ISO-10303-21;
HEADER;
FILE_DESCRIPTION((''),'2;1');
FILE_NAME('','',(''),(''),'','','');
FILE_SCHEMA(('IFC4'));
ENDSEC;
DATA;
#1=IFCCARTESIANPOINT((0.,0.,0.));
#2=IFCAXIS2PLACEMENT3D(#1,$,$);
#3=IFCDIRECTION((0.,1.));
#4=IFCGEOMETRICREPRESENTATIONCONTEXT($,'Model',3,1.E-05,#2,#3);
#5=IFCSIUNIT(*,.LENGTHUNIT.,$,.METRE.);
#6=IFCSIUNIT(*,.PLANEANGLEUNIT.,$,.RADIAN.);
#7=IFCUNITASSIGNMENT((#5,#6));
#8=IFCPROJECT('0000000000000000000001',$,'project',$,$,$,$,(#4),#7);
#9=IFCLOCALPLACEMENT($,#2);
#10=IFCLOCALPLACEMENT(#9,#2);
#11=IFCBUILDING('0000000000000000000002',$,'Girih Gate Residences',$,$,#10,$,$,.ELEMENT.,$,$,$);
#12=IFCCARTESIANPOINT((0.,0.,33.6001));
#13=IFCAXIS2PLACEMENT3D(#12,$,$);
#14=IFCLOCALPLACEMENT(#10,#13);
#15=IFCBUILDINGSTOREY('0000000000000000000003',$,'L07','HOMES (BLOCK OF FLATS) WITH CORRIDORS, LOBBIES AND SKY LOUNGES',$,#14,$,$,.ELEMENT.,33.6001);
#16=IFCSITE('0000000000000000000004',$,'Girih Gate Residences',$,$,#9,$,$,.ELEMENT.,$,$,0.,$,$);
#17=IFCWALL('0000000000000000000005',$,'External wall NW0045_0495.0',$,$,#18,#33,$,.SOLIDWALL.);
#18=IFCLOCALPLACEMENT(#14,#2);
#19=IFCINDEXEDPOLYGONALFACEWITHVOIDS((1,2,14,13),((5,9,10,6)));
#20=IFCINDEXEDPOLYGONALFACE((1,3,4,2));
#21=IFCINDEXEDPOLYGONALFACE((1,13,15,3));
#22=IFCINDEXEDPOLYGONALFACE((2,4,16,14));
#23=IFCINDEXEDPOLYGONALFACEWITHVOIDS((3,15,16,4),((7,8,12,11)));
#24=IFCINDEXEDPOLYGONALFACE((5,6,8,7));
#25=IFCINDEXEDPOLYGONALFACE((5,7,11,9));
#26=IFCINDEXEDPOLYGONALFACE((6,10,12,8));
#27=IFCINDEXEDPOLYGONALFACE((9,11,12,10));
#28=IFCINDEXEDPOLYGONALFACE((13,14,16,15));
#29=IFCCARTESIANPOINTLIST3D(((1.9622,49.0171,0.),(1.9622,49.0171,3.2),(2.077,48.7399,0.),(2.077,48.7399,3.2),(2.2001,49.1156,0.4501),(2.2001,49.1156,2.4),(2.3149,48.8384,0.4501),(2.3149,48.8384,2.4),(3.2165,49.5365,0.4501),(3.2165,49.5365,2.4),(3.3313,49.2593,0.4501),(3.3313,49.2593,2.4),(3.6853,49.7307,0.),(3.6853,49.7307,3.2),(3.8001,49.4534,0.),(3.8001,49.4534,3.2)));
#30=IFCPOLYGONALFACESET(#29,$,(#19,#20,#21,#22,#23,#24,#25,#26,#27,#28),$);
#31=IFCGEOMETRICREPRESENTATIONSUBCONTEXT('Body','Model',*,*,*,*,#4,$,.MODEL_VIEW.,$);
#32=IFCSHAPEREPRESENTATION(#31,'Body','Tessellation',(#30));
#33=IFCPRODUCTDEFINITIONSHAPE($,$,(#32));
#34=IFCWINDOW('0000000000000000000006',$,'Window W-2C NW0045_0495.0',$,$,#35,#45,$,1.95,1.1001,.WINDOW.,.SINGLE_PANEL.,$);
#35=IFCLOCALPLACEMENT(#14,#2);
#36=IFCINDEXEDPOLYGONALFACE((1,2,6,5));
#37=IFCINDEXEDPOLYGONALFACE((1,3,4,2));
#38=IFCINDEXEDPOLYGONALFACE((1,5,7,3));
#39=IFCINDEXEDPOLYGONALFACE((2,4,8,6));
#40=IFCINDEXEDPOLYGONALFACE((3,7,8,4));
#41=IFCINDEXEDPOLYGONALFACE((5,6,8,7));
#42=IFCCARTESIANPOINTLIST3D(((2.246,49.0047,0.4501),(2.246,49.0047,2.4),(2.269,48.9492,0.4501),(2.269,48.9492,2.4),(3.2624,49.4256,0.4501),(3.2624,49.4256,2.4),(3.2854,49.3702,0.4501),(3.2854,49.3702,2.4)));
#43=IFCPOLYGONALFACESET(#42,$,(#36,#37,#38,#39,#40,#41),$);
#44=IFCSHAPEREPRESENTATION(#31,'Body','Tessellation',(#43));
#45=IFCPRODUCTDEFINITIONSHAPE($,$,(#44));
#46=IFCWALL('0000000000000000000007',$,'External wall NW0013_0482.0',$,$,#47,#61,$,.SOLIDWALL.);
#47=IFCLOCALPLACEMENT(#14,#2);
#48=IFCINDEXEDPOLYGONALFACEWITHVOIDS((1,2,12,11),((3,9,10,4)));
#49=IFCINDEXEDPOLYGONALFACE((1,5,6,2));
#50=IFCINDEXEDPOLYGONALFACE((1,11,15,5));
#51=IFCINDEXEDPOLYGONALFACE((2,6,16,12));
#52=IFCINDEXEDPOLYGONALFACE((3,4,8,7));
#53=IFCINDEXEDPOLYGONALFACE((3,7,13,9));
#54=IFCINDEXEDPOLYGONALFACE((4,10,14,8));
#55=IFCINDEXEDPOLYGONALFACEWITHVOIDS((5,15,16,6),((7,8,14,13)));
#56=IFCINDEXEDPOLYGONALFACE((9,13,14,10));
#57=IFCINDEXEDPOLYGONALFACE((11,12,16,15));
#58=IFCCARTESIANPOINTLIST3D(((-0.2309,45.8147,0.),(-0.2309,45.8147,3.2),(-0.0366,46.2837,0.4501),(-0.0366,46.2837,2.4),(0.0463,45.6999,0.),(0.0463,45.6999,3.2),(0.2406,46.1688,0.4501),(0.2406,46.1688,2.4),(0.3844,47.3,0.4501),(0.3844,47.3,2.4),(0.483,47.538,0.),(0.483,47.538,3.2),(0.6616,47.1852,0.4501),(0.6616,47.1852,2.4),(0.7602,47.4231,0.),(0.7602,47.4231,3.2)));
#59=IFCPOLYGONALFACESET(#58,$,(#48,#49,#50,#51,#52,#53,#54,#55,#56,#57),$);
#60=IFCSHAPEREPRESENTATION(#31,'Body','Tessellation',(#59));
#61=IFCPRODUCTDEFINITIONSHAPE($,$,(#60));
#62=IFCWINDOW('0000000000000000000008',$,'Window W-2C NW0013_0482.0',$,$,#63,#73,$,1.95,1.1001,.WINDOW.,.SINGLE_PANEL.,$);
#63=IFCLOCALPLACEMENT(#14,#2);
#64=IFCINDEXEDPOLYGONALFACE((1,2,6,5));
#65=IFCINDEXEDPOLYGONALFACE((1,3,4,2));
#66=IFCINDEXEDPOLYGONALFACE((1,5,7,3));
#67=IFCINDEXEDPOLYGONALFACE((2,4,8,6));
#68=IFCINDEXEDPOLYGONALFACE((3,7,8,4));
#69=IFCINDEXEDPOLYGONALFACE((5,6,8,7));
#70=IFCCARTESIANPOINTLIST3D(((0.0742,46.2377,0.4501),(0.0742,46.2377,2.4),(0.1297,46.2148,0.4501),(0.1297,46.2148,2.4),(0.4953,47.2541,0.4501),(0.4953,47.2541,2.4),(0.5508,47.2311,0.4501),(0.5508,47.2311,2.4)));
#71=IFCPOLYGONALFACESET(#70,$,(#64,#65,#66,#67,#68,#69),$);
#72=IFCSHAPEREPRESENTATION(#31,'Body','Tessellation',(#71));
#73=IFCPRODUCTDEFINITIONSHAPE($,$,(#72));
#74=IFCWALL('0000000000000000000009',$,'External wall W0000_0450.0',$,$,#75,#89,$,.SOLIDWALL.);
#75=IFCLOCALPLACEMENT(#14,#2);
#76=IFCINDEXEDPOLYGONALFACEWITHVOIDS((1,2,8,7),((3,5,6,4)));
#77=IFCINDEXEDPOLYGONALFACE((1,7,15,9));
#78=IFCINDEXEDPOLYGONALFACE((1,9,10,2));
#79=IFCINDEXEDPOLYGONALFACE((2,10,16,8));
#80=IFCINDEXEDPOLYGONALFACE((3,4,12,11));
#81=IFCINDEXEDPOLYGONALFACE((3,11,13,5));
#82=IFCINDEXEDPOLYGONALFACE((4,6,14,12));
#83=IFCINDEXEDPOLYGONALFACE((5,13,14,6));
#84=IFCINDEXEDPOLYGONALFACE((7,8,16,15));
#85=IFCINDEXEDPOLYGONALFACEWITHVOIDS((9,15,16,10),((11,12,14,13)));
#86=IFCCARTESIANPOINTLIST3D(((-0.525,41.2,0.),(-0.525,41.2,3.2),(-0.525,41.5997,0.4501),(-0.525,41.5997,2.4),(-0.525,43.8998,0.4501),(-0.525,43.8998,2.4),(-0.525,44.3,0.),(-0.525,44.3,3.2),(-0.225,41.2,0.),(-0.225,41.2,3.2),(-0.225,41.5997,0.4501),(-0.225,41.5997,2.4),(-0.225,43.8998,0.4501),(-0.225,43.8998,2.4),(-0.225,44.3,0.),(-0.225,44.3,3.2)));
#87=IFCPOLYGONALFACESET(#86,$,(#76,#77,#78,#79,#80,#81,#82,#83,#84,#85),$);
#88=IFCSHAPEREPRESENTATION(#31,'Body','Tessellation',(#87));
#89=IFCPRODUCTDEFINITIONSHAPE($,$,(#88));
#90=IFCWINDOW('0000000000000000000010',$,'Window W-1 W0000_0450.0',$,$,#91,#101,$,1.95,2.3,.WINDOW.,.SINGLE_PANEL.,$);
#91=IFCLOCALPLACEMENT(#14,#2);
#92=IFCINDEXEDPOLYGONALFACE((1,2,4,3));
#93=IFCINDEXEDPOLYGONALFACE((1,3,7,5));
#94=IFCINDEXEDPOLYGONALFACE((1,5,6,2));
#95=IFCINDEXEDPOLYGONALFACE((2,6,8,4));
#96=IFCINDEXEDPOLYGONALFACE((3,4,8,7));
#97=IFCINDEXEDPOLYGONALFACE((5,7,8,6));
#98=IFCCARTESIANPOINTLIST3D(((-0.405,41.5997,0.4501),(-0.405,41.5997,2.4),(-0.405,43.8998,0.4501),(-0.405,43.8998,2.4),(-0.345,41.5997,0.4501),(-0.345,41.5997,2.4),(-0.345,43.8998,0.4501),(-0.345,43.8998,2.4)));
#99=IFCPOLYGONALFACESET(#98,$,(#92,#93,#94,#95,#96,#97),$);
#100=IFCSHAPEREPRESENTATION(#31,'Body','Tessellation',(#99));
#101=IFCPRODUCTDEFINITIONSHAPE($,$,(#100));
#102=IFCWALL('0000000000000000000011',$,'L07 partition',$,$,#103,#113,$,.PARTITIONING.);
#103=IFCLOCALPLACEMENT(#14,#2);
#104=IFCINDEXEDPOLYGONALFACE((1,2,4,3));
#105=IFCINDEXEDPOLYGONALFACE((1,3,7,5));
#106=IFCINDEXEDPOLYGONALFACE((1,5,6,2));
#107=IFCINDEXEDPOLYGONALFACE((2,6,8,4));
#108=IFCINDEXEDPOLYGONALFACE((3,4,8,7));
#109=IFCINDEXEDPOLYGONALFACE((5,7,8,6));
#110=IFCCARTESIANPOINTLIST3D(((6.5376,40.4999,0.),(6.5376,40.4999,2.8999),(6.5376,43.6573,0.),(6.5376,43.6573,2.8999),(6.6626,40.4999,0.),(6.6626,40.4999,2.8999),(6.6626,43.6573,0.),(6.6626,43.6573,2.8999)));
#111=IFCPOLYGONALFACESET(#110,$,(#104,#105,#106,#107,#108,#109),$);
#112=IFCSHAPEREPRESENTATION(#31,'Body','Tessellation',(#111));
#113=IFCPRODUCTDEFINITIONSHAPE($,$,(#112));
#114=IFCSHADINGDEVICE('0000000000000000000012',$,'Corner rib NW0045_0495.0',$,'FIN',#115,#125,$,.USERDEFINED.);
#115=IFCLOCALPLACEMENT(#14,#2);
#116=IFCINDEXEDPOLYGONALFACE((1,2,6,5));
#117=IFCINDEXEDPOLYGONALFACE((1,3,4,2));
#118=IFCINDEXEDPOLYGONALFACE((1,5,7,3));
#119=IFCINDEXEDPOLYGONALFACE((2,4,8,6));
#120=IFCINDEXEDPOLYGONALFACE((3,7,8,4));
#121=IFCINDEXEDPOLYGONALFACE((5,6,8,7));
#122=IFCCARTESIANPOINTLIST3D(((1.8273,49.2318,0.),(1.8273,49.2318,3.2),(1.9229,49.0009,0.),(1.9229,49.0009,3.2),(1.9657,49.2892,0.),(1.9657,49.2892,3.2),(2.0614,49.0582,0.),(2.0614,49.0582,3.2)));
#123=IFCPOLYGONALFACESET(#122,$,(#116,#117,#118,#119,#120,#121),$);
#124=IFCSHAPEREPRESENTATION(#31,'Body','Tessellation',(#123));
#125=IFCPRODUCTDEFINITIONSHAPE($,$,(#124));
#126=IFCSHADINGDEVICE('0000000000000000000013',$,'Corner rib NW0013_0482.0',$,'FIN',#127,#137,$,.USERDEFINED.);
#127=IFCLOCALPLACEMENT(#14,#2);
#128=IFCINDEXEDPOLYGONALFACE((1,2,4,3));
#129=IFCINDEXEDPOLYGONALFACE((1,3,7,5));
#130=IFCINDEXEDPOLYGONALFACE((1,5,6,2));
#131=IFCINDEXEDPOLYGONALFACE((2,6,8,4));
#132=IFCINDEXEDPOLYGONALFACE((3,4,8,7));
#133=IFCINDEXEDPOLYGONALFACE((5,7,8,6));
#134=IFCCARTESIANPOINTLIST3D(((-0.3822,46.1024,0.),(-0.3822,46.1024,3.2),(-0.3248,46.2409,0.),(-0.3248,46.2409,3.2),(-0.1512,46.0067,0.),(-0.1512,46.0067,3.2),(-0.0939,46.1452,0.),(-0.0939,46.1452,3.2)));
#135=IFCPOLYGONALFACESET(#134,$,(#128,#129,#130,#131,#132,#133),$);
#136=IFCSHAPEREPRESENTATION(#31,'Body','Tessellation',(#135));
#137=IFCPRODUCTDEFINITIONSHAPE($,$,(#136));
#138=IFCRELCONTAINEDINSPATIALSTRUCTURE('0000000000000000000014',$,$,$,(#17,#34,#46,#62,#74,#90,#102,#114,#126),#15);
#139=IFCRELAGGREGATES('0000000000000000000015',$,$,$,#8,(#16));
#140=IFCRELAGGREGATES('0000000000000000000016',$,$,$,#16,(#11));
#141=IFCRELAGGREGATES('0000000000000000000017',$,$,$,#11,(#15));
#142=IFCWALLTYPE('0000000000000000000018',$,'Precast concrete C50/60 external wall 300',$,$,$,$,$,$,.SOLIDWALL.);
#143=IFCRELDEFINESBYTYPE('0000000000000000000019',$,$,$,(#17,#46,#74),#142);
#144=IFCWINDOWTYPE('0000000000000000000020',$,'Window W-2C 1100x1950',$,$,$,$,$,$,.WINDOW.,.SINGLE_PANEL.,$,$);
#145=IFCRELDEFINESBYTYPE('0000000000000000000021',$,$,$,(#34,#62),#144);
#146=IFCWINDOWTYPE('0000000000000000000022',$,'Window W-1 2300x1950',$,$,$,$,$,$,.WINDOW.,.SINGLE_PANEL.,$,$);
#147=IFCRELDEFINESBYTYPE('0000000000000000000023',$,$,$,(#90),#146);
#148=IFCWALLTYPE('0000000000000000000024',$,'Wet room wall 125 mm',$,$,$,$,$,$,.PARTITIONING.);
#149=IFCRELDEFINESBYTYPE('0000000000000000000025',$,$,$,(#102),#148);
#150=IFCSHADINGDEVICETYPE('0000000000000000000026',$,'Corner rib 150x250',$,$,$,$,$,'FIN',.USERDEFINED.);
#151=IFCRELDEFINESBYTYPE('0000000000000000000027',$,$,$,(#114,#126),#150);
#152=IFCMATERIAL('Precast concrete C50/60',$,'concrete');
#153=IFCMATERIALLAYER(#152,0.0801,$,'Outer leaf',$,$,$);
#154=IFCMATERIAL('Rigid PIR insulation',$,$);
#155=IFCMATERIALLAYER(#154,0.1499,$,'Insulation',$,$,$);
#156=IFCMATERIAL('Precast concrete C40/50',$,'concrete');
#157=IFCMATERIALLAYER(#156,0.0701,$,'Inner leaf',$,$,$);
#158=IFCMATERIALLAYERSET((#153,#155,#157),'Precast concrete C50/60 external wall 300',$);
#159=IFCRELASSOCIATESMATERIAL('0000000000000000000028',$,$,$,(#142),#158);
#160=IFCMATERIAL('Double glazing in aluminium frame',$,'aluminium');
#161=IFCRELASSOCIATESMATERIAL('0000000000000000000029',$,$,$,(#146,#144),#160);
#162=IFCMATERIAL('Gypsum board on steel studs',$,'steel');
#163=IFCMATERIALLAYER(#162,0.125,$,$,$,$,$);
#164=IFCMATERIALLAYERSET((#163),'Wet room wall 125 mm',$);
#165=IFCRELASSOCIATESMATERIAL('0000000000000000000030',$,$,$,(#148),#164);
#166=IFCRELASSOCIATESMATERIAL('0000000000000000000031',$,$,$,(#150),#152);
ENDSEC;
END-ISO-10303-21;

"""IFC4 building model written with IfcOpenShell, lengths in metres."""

from ifc_helpers import new_model, si_unit, direction, frame, frame_2d, origin, origin_2d, place, context, subcontext, project, spatial, rectangle, extrude, material, layer, layer_set, type_object, element, fill, save


model = new_model("IFC4")

# Units and contexts
model_context = context("Model", 3, precision=1e-05, world=origin(), true_north=direction((0.0, 1.0)))
body_context = subcontext(model_context, "Body", "Model", "MODEL_VIEW")
ifc_project = project(units=[si_unit("LENGTHUNIT", "METRE"), si_unit("PLANEANGLEUNIT", "RADIAN")], contexts=[model_context])

# Site, building, storey
site_placement = place(None, origin())
site = spatial("IfcSite", under=ifc_project, at=site_placement, Name="Girih Gate Residences", CompositionType="ELEMENT", RefElevation=0.0)
building_placement = place(site_placement, origin())
building = spatial("IfcBuilding", under=site, at=building_placement, Name="Girih Gate Residences", CompositionType="ELEMENT")
storey_placement = place(building_placement, frame((0.0, 0.0, 33.6001)))
storey = spatial("IfcBuildingStorey", under=building, at=storey_placement, Name="L07", Description="HOMES (BLOCK OF FLATS) WITH CORRIDORS, LOBBIES AND SKY LOUNGES", CompositionType="ELEMENT", Elevation=33.6001)

# Shared definitions
ifc_material_1 = material(Name="Gypsum board on steel studs", Category="steel")

# Walls, openings, windows
ifc_material_2 = material(Name="Precast concrete C50/60", Category="concrete")
ifc_layer_1 = layer(ifc_material_2, 0.0801, Name="Outer leaf")
ifc_material_3 = material(Name="Rigid PIR insulation")
ifc_layer_2 = layer(ifc_material_3, 0.1499, Name="Insulation")
ifc_material_4 = material(Name="Precast concrete C40/50", Category="concrete")
ifc_layer_3 = layer(ifc_material_4, 0.0701, Name="Inner leaf")
ifc_layer_set_1 = layer_set([ifc_layer_1, ifc_layer_2, ifc_layer_3], Name="Precast concrete C50/60 external wall 300")
wall_type_1 = type_object("IfcWallType", Name="Precast concrete C50/60 external wall 300", PredefinedType="SOLIDWALL", material=ifc_layer_set_1)
ifc_material_5 = material(Name="Double glazing in aluminium frame", Category="aluminium")
window_type_1 = type_object("IfcWindowType", Name="Window W-1 2300x1950", PartitioningType="SINGLE_PANEL", PredefinedType="WINDOW", material=ifc_material_5)
wall_1_placement = place(storey_placement, frame((2.0195, 48.8784, 0.0), z_axis=(0.0, 0.0, 1.0), x_axis=(0.923904, 0.382625, 0.0)))
wall_1 = element("IfcWall", 1, at=wall_1_placement, inside=storey, type_object=wall_type_1, Name="External wall NW0045_0495.0", PredefinedType="SOLIDWALL", context=body_context, shape_type="SweptSolid", body=[
    extrude(rectangle(XDim=1.865, YDim=0.3, at=frame_2d((0.9326, 0.0))), origin(), (0.0, 0.0, 1.0), 3.2),
])
opening_1_placement = place(wall_1_placement, frame((0.2576, 0.0, 0.45)))
opening_1 = element("IfcOpeningElement", 2, at=opening_1_placement, cuts=wall_1, PredefinedType="OPENING", context=body_context, shape_type="SweptSolid", body=[
    extrude(rectangle(XDim=1.1001, YDim=1.95, at=frame_2d((0.55, 0.9751))), frame((0.0, 0.1599, 0.0), z_axis=(0.0, -1.0, 0.0), x_axis=(1.0, 0.0, 0.0)), (0.0, 0.0, 1.0), 0.3201),
])
window_type_2 = type_object("IfcWindowType", Name="Window W-2C 1100x1950", PartitioningType="SINGLE_PANEL", PredefinedType="WINDOW", material=ifc_material_5)
window_1_placement = place(opening_1_placement, origin())
window_1 = element("IfcWindow", 3, at=window_1_placement, inside=storey, type_object=window_type_2, Name="Window W-2C NW0045_0495.0", OverallHeight=1.95, OverallWidth=1.1001, PartitioningType="SINGLE_PANEL", PredefinedType="WINDOW", context=body_context, shape_type="SweptSolid", body=[
    extrude(rectangle(XDim=1.1001, YDim=1.95, at=frame_2d((0.55, 0.9751))), frame((0.0, 0.03, 0.0), z_axis=(0.0, -1.0, 0.0), x_axis=(1.0, 0.0, 0.0)), (0.0, 0.0, 1.0), 0.0601),
])
fill(opening_1, window_1)
wall_2_placement = place(storey_placement, frame((-0.0923, 45.7573, 0.0), z_axis=(0.0, 0.0, 1.0), x_axis=(0.382737, 0.923857, 0.0)))
wall_2 = element("IfcWall", 4, at=wall_2_placement, inside=storey, type_object=wall_type_1, Name="External wall NW0013_0482.0", PredefinedType="SOLIDWALL", context=body_context, shape_type="SweptSolid", body=[
    extrude(rectangle(XDim=1.8652, YDim=0.3, at=frame_2d((0.9326, 0.0))), origin(), (0.0, 0.0, 1.0), 3.2),
])
opening_2_placement = place(wall_2_placement, frame((0.5076, 0.0, 0.45)))
opening_2 = element("IfcOpeningElement", 5, at=opening_2_placement, cuts=wall_2, PredefinedType="OPENING", context=body_context, shape_type="SweptSolid", body=[
    extrude(rectangle(XDim=1.1001, YDim=1.95, at=frame_2d((0.55, 0.9751))), frame((0.0, 0.1599, 0.0), z_axis=(0.0, -1.0, 0.0), x_axis=(1.0, 0.0, 0.0)), (0.0, 0.0, 1.0), 0.3201),
])
window_2_placement = place(opening_2_placement, origin())
window_2 = element("IfcWindow", 6, at=window_2_placement, inside=storey, type_object=window_type_2, Name="Window W-2C NW0013_0482.0", OverallHeight=1.95, OverallWidth=1.1001, PartitioningType="SINGLE_PANEL", PredefinedType="WINDOW", context=body_context, shape_type="SweptSolid", body=[
    extrude(rectangle(XDim=1.1001, YDim=1.95, at=frame_2d((0.55, 0.9751))), frame((0.0, 0.03, 0.0), z_axis=(0.0, -1.0, 0.0), x_axis=(1.0, 0.0, 0.0)), (0.0, 0.0, 1.0), 0.0601),
])
fill(opening_2, window_2)
wall_3_placement = place(storey_placement, frame((-0.375, 41.2, 0.0), z_axis=(0.0, 0.0, 1.0), x_axis=(0.0, 1.0, 0.0)))
wall_3 = element("IfcWall", 7, at=wall_3_placement, inside=storey, type_object=wall_type_1, Name="External wall W0000_0450.0", PredefinedType="SOLIDWALL", context=body_context, shape_type="SweptSolid", body=[
    extrude(rectangle(XDim=3.1001, YDim=0.3, at=frame_2d((1.55, 0.0))), origin(), (0.0, 0.0, 1.0), 3.2),
])
opening_3_placement = place(wall_3_placement, frame((0.3999, 0.0, 0.45)))
opening_3 = element("IfcOpeningElement", 8, at=opening_3_placement, cuts=wall_3, PredefinedType="OPENING", context=body_context, shape_type="SweptSolid", body=[
    extrude(rectangle(XDim=2.3, YDim=1.95, at=frame_2d((1.1499, 0.9751))), frame((0.0, 0.1599, 0.0), z_axis=(0.0, -1.0, 0.0), x_axis=(1.0, 0.0, 0.0)), (0.0, 0.0, 1.0), 0.3201),
])
window_3_placement = place(opening_3_placement, origin())
window_3 = element("IfcWindow", 9, at=window_3_placement, inside=storey, type_object=window_type_1, Name="Window W-1 W0000_0450.0", OverallHeight=1.95, OverallWidth=2.3, PartitioningType="SINGLE_PANEL", PredefinedType="WINDOW", context=body_context, shape_type="SweptSolid", body=[
    extrude(rectangle(XDim=2.3, YDim=1.95, at=frame_2d((1.1499, 0.9751))), frame((0.0, 0.03, 0.0), z_axis=(0.0, -1.0, 0.0), x_axis=(1.0, 0.0, 0.0)), (0.0, 0.0, 1.0), 0.0601),
])
fill(opening_3, window_3)

# Wall
ifc_layer_4 = layer(ifc_material_1, 0.125)
ifc_layer_set_2 = layer_set([ifc_layer_4], Name="Wet room wall 125 mm")
wall_type_2 = type_object("IfcWallType", Name="Wet room wall 125 mm", PredefinedType="PARTITIONING", material=ifc_layer_set_2)
wall_4_placement = place(storey_placement, frame((6.6001, 40.5, 0.0), z_axis=(0.0, 0.0, 1.0), x_axis=(0.0, 1.0, 0.0)))
element("IfcWall", 10, at=wall_4_placement, inside=storey, type_object=wall_type_2, Name="L07 partition", PredefinedType="PARTITIONING", context=body_context, shape_type="SweptSolid", body=[
    extrude(rectangle(XDim=3.1575, YDim=0.125, at=frame_2d((1.5786, 0.0))), origin(), (0.0, 0.0, 1.0), 2.8999),
])

# Shading devices
shading_device_type = type_object("IfcShadingDeviceType", Name="Corner rib 150x250", ElementType="FIN", PredefinedType="USERDEFINED", material=ifc_material_2)
for number, where, z_axis, x_axis, name in (
    (11, (1.9443, 49.145, 0.0), (0.0, 0.0, 1.0), (-0.92388, -0.382683, 0.0), "Corner rib NW0045_0495.0"),
    (12, (-0.238, 46.1238, 0.0), (0.0, 0.0, 1.0), (-0.382683, -0.92388, 0.0), "Corner rib NW0013_0482.0"),
):
    element("IfcShadingDevice", number, at=place(storey_placement, frame(where, z_axis=z_axis, x_axis=x_axis)), inside=storey, type_object=shading_device_type, Name=name, ObjectType="FIN", PredefinedType="USERDEFINED", context=body_context, shape_type="SweptSolid", body=[
        extrude(rectangle(XDim=0.1499, YDim=0.25, at=origin_2d()), origin(), (0.0, 0.0, 1.0), 3.2),
    ])

save(model, "model.ifc")
